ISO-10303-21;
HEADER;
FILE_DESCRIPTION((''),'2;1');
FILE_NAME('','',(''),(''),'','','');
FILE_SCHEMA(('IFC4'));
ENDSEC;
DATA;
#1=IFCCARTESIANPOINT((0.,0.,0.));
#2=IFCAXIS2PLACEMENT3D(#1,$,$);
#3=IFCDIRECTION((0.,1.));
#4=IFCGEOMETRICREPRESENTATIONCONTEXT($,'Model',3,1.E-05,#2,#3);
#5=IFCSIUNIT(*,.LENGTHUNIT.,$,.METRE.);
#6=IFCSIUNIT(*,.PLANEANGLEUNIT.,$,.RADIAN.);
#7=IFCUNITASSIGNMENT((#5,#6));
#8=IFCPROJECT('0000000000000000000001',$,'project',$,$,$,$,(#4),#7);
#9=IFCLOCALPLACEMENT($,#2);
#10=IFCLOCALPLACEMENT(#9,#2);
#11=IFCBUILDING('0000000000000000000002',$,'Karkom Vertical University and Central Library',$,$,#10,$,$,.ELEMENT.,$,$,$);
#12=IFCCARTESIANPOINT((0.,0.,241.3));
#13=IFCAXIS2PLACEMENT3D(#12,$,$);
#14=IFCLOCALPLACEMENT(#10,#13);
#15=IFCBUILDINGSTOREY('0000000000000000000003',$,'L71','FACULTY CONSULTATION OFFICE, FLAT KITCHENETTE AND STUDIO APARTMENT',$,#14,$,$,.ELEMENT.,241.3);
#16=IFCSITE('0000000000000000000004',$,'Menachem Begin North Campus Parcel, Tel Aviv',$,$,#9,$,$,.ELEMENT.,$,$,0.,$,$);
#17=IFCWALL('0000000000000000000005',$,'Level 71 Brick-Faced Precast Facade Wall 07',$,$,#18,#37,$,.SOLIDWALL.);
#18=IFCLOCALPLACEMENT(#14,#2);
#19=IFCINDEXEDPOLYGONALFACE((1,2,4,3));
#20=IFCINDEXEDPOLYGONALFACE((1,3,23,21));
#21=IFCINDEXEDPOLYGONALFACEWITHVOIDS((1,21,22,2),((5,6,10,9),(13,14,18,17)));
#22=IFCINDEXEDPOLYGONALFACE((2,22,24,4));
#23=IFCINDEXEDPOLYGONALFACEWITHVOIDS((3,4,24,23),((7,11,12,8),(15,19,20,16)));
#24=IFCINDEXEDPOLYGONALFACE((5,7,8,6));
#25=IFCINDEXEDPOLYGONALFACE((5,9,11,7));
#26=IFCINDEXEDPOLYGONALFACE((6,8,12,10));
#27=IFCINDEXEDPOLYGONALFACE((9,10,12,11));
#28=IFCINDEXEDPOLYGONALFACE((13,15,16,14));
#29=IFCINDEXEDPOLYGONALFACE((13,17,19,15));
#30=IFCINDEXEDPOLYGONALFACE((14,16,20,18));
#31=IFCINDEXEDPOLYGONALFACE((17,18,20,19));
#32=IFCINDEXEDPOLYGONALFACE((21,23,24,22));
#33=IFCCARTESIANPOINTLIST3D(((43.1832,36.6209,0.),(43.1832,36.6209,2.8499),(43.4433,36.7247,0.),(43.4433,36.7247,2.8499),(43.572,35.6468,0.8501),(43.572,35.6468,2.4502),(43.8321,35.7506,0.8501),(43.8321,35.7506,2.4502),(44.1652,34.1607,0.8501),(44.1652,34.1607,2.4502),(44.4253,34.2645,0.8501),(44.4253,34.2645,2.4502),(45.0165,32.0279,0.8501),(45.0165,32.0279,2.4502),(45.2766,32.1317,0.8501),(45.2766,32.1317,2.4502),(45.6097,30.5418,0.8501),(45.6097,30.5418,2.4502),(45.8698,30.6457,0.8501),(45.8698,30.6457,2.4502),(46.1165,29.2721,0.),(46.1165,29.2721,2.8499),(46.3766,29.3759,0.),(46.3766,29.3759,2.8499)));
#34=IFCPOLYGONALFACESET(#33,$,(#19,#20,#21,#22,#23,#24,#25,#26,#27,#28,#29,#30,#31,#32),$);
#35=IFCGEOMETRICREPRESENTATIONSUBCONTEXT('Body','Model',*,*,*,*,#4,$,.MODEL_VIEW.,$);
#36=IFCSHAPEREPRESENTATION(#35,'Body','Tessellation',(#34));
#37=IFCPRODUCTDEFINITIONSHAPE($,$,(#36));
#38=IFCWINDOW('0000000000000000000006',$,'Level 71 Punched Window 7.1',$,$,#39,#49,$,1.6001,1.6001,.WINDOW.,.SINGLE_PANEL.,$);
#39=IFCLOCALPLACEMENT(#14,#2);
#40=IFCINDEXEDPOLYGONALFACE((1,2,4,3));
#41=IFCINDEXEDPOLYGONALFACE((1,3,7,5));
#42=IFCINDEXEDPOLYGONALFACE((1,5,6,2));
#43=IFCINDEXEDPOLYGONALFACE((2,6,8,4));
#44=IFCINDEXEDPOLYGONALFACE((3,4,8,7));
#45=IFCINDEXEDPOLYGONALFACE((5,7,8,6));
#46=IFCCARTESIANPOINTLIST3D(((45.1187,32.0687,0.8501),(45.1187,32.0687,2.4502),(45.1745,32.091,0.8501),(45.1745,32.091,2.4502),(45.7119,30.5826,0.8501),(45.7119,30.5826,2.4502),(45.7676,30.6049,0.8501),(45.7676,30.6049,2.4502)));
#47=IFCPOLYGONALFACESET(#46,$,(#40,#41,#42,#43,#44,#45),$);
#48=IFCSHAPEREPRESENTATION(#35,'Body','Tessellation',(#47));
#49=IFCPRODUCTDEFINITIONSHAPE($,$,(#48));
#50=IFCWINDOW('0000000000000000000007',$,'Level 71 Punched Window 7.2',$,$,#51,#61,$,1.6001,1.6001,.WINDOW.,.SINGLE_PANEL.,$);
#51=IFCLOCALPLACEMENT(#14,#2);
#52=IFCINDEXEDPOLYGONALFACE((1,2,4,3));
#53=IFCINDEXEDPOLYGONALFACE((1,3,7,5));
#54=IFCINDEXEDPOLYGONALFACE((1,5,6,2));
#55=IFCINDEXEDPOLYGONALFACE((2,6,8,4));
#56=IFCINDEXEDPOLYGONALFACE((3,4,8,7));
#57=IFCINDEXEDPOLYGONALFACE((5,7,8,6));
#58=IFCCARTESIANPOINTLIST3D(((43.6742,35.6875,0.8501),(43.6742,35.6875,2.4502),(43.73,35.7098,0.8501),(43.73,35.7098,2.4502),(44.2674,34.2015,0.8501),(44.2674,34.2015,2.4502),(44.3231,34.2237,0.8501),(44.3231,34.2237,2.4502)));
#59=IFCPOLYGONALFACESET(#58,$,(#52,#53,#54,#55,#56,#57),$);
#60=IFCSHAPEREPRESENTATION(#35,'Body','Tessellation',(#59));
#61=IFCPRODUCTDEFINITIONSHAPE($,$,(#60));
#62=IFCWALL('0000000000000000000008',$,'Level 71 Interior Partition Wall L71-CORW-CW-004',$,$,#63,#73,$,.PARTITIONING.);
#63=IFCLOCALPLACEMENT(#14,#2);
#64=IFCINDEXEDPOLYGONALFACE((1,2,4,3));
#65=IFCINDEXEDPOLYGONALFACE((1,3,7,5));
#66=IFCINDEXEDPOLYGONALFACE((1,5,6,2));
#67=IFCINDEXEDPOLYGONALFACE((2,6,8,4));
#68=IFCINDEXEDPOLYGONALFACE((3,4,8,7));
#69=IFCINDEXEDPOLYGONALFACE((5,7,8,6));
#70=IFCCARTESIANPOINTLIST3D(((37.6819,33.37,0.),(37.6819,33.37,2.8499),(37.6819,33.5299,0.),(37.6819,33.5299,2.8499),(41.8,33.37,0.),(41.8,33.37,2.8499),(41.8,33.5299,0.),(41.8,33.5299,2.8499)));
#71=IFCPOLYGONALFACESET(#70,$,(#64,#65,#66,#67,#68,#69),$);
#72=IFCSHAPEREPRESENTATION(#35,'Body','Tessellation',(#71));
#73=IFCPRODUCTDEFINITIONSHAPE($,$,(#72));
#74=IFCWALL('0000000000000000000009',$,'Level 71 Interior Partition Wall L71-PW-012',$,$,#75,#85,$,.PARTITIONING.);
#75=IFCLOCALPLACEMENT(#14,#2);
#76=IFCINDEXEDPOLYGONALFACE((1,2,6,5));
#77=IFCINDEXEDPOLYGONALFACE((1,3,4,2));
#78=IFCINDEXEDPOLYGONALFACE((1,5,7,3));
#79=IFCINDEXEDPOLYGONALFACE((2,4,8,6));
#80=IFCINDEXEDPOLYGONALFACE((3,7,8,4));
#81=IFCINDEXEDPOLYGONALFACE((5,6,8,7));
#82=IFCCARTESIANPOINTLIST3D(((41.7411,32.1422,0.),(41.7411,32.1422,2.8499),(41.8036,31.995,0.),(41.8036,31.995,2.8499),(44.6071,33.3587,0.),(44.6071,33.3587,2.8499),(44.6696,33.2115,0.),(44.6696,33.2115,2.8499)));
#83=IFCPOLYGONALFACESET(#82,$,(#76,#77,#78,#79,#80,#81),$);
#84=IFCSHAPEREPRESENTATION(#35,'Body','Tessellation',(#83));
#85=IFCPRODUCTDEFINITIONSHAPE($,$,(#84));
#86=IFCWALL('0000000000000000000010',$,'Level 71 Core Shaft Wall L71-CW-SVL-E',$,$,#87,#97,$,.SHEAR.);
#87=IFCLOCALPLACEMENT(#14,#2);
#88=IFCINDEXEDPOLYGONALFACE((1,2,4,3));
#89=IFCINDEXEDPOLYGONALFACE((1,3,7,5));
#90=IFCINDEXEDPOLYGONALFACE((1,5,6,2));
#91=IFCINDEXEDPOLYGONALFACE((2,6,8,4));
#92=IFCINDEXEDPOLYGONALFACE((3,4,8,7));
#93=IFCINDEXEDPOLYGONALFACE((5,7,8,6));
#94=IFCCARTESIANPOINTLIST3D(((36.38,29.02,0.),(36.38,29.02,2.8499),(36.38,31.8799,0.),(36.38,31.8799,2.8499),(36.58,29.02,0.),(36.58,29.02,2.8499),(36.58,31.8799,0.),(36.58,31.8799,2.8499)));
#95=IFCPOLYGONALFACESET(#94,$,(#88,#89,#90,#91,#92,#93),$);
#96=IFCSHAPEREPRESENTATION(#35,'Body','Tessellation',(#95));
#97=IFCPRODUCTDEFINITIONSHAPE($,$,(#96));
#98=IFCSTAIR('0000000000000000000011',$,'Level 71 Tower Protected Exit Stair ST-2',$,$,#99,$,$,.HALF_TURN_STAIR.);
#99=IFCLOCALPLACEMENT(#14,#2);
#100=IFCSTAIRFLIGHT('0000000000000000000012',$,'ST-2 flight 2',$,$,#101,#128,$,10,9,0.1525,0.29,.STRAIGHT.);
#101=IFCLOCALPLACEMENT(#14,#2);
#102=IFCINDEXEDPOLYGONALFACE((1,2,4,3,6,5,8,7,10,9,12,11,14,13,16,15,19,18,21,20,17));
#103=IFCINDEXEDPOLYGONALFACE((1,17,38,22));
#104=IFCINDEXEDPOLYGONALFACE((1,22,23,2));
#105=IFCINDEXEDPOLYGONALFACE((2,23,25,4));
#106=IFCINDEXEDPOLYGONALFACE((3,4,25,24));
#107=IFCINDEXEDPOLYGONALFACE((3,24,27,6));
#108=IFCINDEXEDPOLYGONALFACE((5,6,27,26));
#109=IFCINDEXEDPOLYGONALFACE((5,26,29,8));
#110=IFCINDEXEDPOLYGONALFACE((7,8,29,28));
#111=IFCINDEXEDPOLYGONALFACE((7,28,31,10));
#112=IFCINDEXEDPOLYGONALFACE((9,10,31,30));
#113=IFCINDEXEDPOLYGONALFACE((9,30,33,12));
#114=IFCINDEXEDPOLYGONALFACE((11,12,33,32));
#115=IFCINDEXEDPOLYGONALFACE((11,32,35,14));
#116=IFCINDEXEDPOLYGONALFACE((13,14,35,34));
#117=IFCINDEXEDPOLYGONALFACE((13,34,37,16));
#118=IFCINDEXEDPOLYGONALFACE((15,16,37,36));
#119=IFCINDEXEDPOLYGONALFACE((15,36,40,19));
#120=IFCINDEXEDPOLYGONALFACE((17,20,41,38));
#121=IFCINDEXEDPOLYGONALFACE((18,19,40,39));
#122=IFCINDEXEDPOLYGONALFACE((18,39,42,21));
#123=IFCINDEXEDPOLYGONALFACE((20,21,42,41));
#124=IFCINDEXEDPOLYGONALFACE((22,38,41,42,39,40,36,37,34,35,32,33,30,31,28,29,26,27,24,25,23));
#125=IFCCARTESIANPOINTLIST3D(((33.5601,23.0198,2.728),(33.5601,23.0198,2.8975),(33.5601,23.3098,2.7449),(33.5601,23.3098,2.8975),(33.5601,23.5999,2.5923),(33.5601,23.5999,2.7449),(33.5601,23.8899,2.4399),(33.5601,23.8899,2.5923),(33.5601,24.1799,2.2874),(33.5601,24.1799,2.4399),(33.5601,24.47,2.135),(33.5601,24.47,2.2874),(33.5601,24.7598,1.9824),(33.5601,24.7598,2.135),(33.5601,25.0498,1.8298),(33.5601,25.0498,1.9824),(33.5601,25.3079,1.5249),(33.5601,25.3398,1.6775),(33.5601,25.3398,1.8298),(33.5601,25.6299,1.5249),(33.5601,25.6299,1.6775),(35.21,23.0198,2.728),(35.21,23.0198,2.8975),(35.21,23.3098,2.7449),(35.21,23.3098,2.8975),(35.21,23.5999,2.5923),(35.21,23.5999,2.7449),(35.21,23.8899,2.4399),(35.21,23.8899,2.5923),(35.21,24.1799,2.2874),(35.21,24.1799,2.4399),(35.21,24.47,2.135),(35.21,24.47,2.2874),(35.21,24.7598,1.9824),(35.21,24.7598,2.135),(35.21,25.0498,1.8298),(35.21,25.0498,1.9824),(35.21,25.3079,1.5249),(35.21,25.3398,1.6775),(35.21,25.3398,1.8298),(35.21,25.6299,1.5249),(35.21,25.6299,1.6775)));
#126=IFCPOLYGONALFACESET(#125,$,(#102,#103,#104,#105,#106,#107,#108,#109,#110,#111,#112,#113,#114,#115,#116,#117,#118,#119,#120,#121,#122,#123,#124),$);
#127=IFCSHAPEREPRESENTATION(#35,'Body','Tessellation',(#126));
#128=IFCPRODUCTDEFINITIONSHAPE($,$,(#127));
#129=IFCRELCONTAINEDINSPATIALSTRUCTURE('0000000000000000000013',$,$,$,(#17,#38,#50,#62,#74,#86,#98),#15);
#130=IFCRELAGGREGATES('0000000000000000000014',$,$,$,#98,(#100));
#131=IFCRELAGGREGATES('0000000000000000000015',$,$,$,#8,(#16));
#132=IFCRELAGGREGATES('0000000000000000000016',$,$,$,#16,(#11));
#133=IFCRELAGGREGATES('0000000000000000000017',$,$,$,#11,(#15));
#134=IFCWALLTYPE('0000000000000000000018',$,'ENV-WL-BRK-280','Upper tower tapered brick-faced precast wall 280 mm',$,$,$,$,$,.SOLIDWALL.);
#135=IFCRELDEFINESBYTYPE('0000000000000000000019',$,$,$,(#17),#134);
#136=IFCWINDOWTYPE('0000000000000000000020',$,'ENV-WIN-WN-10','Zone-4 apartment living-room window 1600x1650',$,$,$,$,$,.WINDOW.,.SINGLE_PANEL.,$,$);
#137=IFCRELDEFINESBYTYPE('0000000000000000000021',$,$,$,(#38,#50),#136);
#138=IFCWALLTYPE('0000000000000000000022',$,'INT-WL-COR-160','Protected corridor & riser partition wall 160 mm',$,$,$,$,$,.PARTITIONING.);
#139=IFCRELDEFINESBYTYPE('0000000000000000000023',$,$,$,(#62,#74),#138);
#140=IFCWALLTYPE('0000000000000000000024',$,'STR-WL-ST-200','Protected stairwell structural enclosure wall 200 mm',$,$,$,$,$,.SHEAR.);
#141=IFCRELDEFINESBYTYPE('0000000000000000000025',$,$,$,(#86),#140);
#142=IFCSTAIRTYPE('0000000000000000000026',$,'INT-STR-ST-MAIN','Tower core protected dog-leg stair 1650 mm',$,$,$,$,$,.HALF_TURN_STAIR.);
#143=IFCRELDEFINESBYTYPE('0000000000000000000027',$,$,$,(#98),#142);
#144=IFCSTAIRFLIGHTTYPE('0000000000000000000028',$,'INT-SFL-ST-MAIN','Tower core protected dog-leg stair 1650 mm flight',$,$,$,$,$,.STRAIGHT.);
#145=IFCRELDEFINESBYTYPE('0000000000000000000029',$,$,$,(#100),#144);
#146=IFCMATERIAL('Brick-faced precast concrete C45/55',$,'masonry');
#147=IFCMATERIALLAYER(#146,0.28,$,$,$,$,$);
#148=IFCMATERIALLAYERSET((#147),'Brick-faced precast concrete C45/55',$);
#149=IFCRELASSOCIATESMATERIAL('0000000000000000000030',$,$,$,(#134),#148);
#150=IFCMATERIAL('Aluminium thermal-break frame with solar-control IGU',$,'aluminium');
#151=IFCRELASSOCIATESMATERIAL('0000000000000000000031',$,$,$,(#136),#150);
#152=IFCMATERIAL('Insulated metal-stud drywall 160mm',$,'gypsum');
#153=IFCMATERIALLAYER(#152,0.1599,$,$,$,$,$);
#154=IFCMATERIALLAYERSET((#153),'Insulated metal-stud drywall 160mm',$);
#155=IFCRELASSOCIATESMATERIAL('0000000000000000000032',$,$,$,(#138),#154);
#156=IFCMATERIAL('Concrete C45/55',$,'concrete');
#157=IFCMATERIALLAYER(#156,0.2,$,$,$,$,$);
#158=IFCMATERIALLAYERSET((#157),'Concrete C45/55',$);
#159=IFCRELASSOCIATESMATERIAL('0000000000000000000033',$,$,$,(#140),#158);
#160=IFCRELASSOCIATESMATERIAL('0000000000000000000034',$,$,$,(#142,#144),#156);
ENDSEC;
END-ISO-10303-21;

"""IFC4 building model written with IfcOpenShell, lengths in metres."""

from ifc_helpers import new_model, si_unit, direction, frame, frame_2d, origin, origin_with_axes, place, context, subcontext, project, spatial, polyline, rectangle, outline, extrude, source, transform, mapped, material, layer, layer_set, type_object, element, fill, aggregate, save


model = new_model("IFC4")

# Units and contexts
model_context = context("Model", 3, precision=1e-05, world=origin(), true_north=direction((0.0, 1.0)))
body_context = subcontext(model_context, "Body", "Model", "MODEL_VIEW")
ifc_project = project(units=[si_unit("LENGTHUNIT", "METRE"), si_unit("PLANEANGLEUNIT", "RADIAN")], contexts=[model_context])

# Site, building, storey
site_placement = place(None, origin())
site = spatial("IfcSite", under=ifc_project, at=site_placement, Name="Menachem Begin North Campus Parcel, Tel Aviv", CompositionType="ELEMENT", RefElevation=0.0)
building_placement = place(site_placement, origin())
building = spatial("IfcBuilding", under=site, at=building_placement, Name="Karkom Vertical University and Central Library", CompositionType="ELEMENT")
storey_placement = place(building_placement, frame((0.0, 0.0, 241.3)))
storey = spatial("IfcBuildingStorey", under=building, at=storey_placement, Name="L71", Description="FACULTY CONSULTATION OFFICE, FLAT KITCHENETTE AND STUDIO APARTMENT", CompositionType="ELEMENT", Elevation=241.3)

# Wall, openings, windows
ifc_material_1 = material(Name="Brick-faced precast concrete C45/55", Category="masonry")
ifc_layer_1 = layer(ifc_material_1, 0.28)
ifc_layer_set_1 = layer_set([ifc_layer_1], Name="Brick-faced precast concrete C45/55")
wall_type_1 = type_object("IfcWallType", Name="ENV-WL-BRK-280", Description="Upper tower tapered brick-faced precast wall 280 mm", PredefinedType="SOLIDWALL", material=ifc_layer_set_1)
wall_1_placement = place(storey_placement, frame((46.2466, 29.324, 0.0), z_axis=(0.0, 0.0, 1.0), x_axis=(-0.370715, 0.928747, 0.0)))
wall_1 = element("IfcWall", 1, at=wall_1_placement, inside=storey, type_object=wall_type_1, Name="Level 71 Brick-Faced Precast Facade Wall 07", PredefinedType="SOLIDWALL", context=body_context, shape_type="SweptSolid", body=[
    extrude(rectangle(XDim=7.9126, YDim=0.28, at=frame_2d((3.9563, 0.0))), origin(), (0.0, 0.0, 1.0), 2.8499),
])
opening_1_placement = place(wall_1_placement, frame((1.3672, 0.0, 0.8501)))
opening_1 = element("IfcOpeningElement", 2, at=opening_1_placement, cuts=wall_1, PredefinedType="OPENING", context=body_context, shape_type="SweptSolid", body=[
    extrude(rectangle(XDim=1.6001, YDim=1.6001, at=frame_2d((0.8, 0.8))), frame((0.0, 0.1499, 0.0), z_axis=(0.0, -1.0, 0.0), x_axis=(1.0, 0.0, 0.0)), (0.0, 0.0, 1.0), 0.3),
])
opening_2_placement = place(wall_1_placement, frame((5.2637, 0.0, 0.8501)))
opening_2 = element("IfcOpeningElement", 3, at=opening_2_placement, cuts=wall_1, PredefinedType="OPENING", context=body_context, shape_type="SweptSolid", body=[
    extrude(rectangle(XDim=1.6001, YDim=1.6001, at=frame_2d((0.8, 0.8))), frame((0.0, 0.1499, 0.0), z_axis=(0.0, -1.0, 0.0), x_axis=(1.0, 0.0, 0.0)), (0.0, 0.0, 1.0), 0.3),
])
ifc_material_2 = material(Name="Aluminium thermal-break frame with solar-control IGU", Category="aluminium")
window_type = type_object("IfcWindowType", Name="ENV-WIN-WN-10", Description="Zone-4 apartment living-room window 1600x1650", PartitioningType="SINGLE_PANEL", PredefinedType="WINDOW", material=ifc_material_2)
shared_shape_1 = source(origin_with_axes(), body_context, "Body", "SweptSolid", [
    extrude(rectangle(XDim=1.6001, YDim=1.6001, at=frame_2d((0.8, 0.8))), frame((0.0, 0.03, 0.0), z_axis=(0.0, -1.0, 0.0), x_axis=(1.0, 0.0, 0.0)), (0.0, 0.0, 1.0), 0.0601),
])
window_1_placement = place(opening_1_placement, origin())
window_1 = element("IfcWindow", 4, at=window_1_placement, inside=storey, type_object=window_type, Name="Level 71 Punched Window 7.1", OverallHeight=1.6001, OverallWidth=1.6001, PartitioningType="SINGLE_PANEL", PredefinedType="WINDOW", context=body_context, shape_type="MappedRepresentation", body=[
    mapped(shared_shape_1, transform((0.0, 0.0, 0.0), scale=1.0)),
])
fill(opening_1, window_1)
window_2_placement = place(opening_2_placement, origin())
window_2 = element("IfcWindow", 5, at=window_2_placement, inside=storey, type_object=window_type, Name="Level 71 Punched Window 7.2", OverallHeight=1.6001, OverallWidth=1.6001, PartitioningType="SINGLE_PANEL", PredefinedType="WINDOW", context=body_context, shape_type="MappedRepresentation", body=[
    mapped(shared_shape_1, transform((0.0, 0.0, 0.0), scale=1.0)),
])
fill(opening_2, window_2)

# Shared definitions
ifc_material_3 = material(Name="Insulated metal-stud drywall 160mm", Category="gypsum")
ifc_layer_2 = layer(ifc_material_3, 0.1599)
ifc_layer_set_2 = layer_set([ifc_layer_2], Name="Insulated metal-stud drywall 160mm")
wall_type_2 = type_object("IfcWallType", Name="INT-WL-COR-160", Description="Protected corridor & riser partition wall 160 mm", PredefinedType="PARTITIONING", material=ifc_layer_set_2)

# Walls
wall_2_placement = place(storey_placement, frame((37.6819, 33.45, 0.0), z_axis=(0.0, 0.0, 1.0), x_axis=(1.0, 0.0, 0.0)))
element("IfcWall", 6, at=wall_2_placement, inside=storey, type_object=wall_type_2, Name="Level 71 Interior Partition Wall L71-CORW-CW-004", PredefinedType="PARTITIONING", context=body_context, shape_type="SweptSolid", body=[
    extrude(rectangle(XDim=4.1182, YDim=0.1599, at=frame_2d((2.0591, 0.0))), origin(), (0.0, 0.0, 1.0), 2.8499),
])
wall_3_placement = place(storey_placement, frame((41.7725, 32.0686, 0.0), z_axis=(0.0, 0.0, 1.0), x_axis=(0.920502, 0.390737, 0.0)))
element("IfcWall", 7, at=wall_3_placement, inside=storey, type_object=wall_type_2, Name="Level 71 Interior Partition Wall L71-PW-012", PredefinedType="PARTITIONING", context=body_context, shape_type="SweptSolid", body=[
    extrude(rectangle(XDim=3.1135, YDim=0.1599, at=frame_2d((1.5566, 0.0))), origin(), (0.0, 0.0, 1.0), 2.8499),
])

# Shared definitions
ifc_material_4 = material(Name="Concrete C45/55", Category="concrete")

# Wall
ifc_layer_3 = layer(ifc_material_4, 0.2)
ifc_layer_set_3 = layer_set([ifc_layer_3], Name="Concrete C45/55")
wall_type_3 = type_object("IfcWallType", Name="STR-WL-ST-200", Description="Protected stairwell structural enclosure wall 200 mm", PredefinedType="SHEAR", material=ifc_layer_set_3)
wall_4_placement = place(storey_placement, frame((36.48, 29.02, 0.0), z_axis=(0.0, 0.0, 1.0), x_axis=(0.0, 1.0, 0.0)))
element("IfcWall", 8, at=wall_4_placement, inside=storey, type_object=wall_type_3, Name="Level 71 Core Shaft Wall L71-CW-SVL-E", PredefinedType="SHEAR", context=body_context, shape_type="SweptSolid", body=[
    extrude(rectangle(XDim=2.8599, YDim=0.2, at=frame_2d((1.4299, 0.0))), origin(), (0.0, 0.0, 1.0), 2.8499),
])

# Stair, stair flight
stair_type = type_object("IfcStairType", Name="INT-STR-ST-MAIN", Description="Tower core protected dog-leg stair 1650 mm", PredefinedType="HALF_TURN_STAIR", material=ifc_material_4)
stair_placement = place(storey_placement, origin())
stair = element("IfcStair", 9, at=stair_placement, inside=storey, type_object=stair_type, Name="Level 71 Tower Protected Exit Stair ST-2", PredefinedType="HALF_TURN_STAIR")
stair_flight_type = type_object("IfcStairFlightType", Name="INT-SFL-ST-MAIN", Description="Tower core protected dog-leg stair 1650 mm flight", PredefinedType="STRAIGHT", material=ifc_material_4)
stair_flight_placement = place(storey_placement, frame((34.385, 25.6299, 1.5249), z_axis=(0.0, 0.0, 1.0), x_axis=(0.0, -1.0, 0.0)))
stair_flight = element("IfcStairFlight", 10, at=stair_flight_placement, type_object=stair_flight_type, Name="ST-2 flight 2", NumberOfRisers=10, NumberOfTreads=9, PredefinedType="STRAIGHT", RiserHeight=0.1525, TreadLength=0.29, context=body_context, shape_type="SweptSolid", body=[
    extrude(outline(polyline([(0.0, 0.0), (0.0, 0.1526), (0.29, 0.1526), (0.29, 0.3049), (0.5801, 0.3049), (0.5801, 0.4575), (0.8701, 0.4575), (0.8701, 0.6101), (1.1599, 0.6101), (1.1599, 0.7625), (1.45, 0.7625), (1.45, 0.915), (1.74, 0.915), (1.74, 1.0674), (2.03, 1.0674), (2.03, 1.22), (2.3201, 1.22), (2.3201, 1.3726), (2.6101, 1.3726), (2.6101, 1.5249), (2.6101, 1.2031), (0.322, 0.0), (0.0, 0.0)])), frame((0.0, 0.825, 0.0), z_axis=(0.0, -1.0, 0.0), x_axis=(1.0, 0.0, 0.0)), (0.0, 0.0, 1.0), 1.6499),
])
aggregate(stair, [stair_flight])

save(model, "model.ifc")
